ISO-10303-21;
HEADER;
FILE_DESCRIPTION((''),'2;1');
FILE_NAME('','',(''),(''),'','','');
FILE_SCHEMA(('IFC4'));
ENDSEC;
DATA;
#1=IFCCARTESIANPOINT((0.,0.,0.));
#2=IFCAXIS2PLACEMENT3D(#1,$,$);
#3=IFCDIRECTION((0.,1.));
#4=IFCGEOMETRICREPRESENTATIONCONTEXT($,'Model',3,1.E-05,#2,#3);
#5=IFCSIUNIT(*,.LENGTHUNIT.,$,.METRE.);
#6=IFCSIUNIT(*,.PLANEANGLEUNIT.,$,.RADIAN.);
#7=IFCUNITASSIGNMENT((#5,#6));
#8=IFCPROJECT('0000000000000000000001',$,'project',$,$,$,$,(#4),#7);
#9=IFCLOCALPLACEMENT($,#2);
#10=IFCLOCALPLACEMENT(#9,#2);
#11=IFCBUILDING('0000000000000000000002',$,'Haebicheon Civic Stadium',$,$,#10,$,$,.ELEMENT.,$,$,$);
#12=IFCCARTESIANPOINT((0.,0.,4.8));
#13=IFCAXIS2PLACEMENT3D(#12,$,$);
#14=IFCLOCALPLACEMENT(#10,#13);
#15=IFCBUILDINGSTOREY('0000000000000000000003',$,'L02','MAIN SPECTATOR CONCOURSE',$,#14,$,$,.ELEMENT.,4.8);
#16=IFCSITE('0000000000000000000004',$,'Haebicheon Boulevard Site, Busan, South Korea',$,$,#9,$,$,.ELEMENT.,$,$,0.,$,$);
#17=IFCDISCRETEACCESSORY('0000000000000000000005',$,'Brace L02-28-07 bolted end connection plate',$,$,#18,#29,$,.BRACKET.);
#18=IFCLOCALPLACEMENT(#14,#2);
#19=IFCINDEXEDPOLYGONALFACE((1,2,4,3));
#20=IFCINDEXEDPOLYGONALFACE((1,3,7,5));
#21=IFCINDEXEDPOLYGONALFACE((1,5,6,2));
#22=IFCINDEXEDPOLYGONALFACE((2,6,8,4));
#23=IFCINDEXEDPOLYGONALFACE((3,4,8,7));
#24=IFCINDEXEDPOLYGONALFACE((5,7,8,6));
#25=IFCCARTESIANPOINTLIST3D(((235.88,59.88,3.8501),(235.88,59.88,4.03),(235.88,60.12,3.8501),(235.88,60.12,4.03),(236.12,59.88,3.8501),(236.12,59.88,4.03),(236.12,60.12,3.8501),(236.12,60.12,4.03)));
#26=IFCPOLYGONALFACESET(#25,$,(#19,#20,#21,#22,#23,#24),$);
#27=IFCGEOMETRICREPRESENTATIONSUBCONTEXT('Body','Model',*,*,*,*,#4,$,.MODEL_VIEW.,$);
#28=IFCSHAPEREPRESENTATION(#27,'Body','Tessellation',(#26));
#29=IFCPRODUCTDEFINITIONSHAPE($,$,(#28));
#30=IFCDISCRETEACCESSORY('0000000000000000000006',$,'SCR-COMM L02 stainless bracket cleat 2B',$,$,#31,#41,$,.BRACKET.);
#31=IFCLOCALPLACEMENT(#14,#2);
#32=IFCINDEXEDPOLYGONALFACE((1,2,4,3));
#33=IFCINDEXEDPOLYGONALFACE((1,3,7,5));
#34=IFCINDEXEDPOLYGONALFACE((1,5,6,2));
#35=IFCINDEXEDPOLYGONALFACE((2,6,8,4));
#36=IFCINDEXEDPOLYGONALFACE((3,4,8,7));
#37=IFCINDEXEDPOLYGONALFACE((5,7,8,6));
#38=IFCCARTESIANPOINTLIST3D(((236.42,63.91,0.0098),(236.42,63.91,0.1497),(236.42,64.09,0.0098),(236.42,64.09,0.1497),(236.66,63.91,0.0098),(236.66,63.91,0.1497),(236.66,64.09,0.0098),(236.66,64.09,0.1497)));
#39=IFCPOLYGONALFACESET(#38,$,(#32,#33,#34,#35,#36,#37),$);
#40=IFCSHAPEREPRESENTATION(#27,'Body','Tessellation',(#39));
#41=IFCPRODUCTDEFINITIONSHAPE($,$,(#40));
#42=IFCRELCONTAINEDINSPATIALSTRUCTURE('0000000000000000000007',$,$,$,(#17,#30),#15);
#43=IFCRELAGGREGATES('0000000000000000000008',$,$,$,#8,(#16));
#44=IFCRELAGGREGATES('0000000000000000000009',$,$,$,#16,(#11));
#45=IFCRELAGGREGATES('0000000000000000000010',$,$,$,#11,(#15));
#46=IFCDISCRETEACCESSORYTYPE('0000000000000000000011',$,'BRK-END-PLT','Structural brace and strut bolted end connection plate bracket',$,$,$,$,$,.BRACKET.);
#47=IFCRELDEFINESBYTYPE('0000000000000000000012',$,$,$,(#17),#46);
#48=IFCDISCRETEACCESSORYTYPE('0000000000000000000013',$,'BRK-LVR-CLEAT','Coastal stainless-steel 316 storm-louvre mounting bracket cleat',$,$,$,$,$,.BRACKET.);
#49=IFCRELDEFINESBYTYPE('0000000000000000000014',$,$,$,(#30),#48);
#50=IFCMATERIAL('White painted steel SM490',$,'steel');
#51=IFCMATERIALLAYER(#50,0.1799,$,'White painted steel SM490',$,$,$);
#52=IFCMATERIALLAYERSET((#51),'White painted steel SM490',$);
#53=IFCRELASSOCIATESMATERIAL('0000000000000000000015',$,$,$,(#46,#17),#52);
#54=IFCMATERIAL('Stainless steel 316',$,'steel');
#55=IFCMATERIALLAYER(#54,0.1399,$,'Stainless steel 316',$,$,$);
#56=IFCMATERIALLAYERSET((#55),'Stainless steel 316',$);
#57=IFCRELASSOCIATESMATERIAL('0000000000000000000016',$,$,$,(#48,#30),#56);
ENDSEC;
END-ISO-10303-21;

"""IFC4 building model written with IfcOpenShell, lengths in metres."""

from ifc_helpers import new_model, si_unit, direction, frame, origin, origin_2d, place, context, subcontext, project, spatial, rectangle, extrude, material, layer, layer_set, type_object, element, save


model = new_model("IFC4")

# Units and contexts
model_context = context("Model", 3, precision=1e-05, world=origin(), true_north=direction((0.0, 1.0)))
body_context = subcontext(model_context, "Body", "Model", "MODEL_VIEW")
ifc_project = project(units=[si_unit("LENGTHUNIT", "METRE"), si_unit("PLANEANGLEUNIT", "RADIAN")], contexts=[model_context])

# Site, building, storey
site_placement = place(None, origin())
site = spatial("IfcSite", under=ifc_project, at=site_placement, Name="Haebicheon Boulevard Site, Busan, South Korea", CompositionType="ELEMENT", RefElevation=0.0)
building_placement = place(site_placement, origin())
building = spatial("IfcBuilding", under=site, at=building_placement, Name="Haebicheon Civic Stadium", CompositionType="ELEMENT")
storey_placement = place(building_placement, frame((0.0, 0.0, 4.8)))
storey = spatial("IfcBuildingStorey", under=building, at=storey_placement, Name="L02", Description="MAIN SPECTATOR CONCOURSE", CompositionType="ELEMENT", Elevation=4.8)

# Discrete accessories
ifc_material_1 = material(Name="White painted steel SM490", Category="steel")
ifc_layer_1 = layer(ifc_material_1, 0.1799, Name="White painted steel SM490")
ifc_layer_set_1 = layer_set([ifc_layer_1], Name="White painted steel SM490")
discrete_accessory_type_1 = type_object("IfcDiscreteAccessoryType", Name="BRK-END-PLT", Description="Structural brace and strut bolted end connection plate bracket", PredefinedType="BRACKET", material=ifc_layer_set_1)
for number, where, z_axis, x_axis, name in (
    (1, (236.0, 60.0, 3.8501), (0.0, 0.0, 1.0), (1.0, 0.0, 0.0), "Brace L02-28-07 bolted end connection plate"),
):
    element("IfcDiscreteAccessory", number, at=place(storey_placement, frame(where, z_axis=z_axis, x_axis=x_axis)), inside=storey, type_object=discrete_accessory_type_1, material=ifc_layer_set_1, Name=name, PredefinedType="BRACKET", context=body_context, shape_type="SweptSolid", body=[
        extrude(rectangle(XDim=0.24, YDim=0.24, at=origin_2d()), origin(), (0.0, 0.0, 1.0), 0.1799),
    ])
ifc_material_2 = material(Name="Stainless steel 316", Category="steel")
ifc_layer_2 = layer(ifc_material_2, 0.1399, Name="Stainless steel 316")
ifc_layer_set_2 = layer_set([ifc_layer_2], Name="Stainless steel 316")
discrete_accessory_type_2 = type_object("IfcDiscreteAccessoryType", Name="BRK-LVR-CLEAT", Description="Coastal stainless-steel 316 storm-louvre mounting bracket cleat", PredefinedType="BRACKET", material=ifc_layer_set_2)
discrete_accessory_placement = place(storey_placement, frame((236.54, 64.0, 0.0098), z_axis=(0.0, 0.0, 1.0), x_axis=(1.0, 0.0, 0.0)))
element("IfcDiscreteAccessory", 2, at=discrete_accessory_placement, inside=storey, type_object=discrete_accessory_type_2, material=ifc_layer_set_2, Name="SCR-COMM L02 stainless bracket cleat 2B", PredefinedType="BRACKET", context=body_context, shape_type="SweptSolid", body=[
    extrude(rectangle(XDim=0.24, YDim=0.1799, at=origin_2d()), origin(), (0.0, 0.0, 1.0), 0.1399),
])

save(model, "model.ifc")
